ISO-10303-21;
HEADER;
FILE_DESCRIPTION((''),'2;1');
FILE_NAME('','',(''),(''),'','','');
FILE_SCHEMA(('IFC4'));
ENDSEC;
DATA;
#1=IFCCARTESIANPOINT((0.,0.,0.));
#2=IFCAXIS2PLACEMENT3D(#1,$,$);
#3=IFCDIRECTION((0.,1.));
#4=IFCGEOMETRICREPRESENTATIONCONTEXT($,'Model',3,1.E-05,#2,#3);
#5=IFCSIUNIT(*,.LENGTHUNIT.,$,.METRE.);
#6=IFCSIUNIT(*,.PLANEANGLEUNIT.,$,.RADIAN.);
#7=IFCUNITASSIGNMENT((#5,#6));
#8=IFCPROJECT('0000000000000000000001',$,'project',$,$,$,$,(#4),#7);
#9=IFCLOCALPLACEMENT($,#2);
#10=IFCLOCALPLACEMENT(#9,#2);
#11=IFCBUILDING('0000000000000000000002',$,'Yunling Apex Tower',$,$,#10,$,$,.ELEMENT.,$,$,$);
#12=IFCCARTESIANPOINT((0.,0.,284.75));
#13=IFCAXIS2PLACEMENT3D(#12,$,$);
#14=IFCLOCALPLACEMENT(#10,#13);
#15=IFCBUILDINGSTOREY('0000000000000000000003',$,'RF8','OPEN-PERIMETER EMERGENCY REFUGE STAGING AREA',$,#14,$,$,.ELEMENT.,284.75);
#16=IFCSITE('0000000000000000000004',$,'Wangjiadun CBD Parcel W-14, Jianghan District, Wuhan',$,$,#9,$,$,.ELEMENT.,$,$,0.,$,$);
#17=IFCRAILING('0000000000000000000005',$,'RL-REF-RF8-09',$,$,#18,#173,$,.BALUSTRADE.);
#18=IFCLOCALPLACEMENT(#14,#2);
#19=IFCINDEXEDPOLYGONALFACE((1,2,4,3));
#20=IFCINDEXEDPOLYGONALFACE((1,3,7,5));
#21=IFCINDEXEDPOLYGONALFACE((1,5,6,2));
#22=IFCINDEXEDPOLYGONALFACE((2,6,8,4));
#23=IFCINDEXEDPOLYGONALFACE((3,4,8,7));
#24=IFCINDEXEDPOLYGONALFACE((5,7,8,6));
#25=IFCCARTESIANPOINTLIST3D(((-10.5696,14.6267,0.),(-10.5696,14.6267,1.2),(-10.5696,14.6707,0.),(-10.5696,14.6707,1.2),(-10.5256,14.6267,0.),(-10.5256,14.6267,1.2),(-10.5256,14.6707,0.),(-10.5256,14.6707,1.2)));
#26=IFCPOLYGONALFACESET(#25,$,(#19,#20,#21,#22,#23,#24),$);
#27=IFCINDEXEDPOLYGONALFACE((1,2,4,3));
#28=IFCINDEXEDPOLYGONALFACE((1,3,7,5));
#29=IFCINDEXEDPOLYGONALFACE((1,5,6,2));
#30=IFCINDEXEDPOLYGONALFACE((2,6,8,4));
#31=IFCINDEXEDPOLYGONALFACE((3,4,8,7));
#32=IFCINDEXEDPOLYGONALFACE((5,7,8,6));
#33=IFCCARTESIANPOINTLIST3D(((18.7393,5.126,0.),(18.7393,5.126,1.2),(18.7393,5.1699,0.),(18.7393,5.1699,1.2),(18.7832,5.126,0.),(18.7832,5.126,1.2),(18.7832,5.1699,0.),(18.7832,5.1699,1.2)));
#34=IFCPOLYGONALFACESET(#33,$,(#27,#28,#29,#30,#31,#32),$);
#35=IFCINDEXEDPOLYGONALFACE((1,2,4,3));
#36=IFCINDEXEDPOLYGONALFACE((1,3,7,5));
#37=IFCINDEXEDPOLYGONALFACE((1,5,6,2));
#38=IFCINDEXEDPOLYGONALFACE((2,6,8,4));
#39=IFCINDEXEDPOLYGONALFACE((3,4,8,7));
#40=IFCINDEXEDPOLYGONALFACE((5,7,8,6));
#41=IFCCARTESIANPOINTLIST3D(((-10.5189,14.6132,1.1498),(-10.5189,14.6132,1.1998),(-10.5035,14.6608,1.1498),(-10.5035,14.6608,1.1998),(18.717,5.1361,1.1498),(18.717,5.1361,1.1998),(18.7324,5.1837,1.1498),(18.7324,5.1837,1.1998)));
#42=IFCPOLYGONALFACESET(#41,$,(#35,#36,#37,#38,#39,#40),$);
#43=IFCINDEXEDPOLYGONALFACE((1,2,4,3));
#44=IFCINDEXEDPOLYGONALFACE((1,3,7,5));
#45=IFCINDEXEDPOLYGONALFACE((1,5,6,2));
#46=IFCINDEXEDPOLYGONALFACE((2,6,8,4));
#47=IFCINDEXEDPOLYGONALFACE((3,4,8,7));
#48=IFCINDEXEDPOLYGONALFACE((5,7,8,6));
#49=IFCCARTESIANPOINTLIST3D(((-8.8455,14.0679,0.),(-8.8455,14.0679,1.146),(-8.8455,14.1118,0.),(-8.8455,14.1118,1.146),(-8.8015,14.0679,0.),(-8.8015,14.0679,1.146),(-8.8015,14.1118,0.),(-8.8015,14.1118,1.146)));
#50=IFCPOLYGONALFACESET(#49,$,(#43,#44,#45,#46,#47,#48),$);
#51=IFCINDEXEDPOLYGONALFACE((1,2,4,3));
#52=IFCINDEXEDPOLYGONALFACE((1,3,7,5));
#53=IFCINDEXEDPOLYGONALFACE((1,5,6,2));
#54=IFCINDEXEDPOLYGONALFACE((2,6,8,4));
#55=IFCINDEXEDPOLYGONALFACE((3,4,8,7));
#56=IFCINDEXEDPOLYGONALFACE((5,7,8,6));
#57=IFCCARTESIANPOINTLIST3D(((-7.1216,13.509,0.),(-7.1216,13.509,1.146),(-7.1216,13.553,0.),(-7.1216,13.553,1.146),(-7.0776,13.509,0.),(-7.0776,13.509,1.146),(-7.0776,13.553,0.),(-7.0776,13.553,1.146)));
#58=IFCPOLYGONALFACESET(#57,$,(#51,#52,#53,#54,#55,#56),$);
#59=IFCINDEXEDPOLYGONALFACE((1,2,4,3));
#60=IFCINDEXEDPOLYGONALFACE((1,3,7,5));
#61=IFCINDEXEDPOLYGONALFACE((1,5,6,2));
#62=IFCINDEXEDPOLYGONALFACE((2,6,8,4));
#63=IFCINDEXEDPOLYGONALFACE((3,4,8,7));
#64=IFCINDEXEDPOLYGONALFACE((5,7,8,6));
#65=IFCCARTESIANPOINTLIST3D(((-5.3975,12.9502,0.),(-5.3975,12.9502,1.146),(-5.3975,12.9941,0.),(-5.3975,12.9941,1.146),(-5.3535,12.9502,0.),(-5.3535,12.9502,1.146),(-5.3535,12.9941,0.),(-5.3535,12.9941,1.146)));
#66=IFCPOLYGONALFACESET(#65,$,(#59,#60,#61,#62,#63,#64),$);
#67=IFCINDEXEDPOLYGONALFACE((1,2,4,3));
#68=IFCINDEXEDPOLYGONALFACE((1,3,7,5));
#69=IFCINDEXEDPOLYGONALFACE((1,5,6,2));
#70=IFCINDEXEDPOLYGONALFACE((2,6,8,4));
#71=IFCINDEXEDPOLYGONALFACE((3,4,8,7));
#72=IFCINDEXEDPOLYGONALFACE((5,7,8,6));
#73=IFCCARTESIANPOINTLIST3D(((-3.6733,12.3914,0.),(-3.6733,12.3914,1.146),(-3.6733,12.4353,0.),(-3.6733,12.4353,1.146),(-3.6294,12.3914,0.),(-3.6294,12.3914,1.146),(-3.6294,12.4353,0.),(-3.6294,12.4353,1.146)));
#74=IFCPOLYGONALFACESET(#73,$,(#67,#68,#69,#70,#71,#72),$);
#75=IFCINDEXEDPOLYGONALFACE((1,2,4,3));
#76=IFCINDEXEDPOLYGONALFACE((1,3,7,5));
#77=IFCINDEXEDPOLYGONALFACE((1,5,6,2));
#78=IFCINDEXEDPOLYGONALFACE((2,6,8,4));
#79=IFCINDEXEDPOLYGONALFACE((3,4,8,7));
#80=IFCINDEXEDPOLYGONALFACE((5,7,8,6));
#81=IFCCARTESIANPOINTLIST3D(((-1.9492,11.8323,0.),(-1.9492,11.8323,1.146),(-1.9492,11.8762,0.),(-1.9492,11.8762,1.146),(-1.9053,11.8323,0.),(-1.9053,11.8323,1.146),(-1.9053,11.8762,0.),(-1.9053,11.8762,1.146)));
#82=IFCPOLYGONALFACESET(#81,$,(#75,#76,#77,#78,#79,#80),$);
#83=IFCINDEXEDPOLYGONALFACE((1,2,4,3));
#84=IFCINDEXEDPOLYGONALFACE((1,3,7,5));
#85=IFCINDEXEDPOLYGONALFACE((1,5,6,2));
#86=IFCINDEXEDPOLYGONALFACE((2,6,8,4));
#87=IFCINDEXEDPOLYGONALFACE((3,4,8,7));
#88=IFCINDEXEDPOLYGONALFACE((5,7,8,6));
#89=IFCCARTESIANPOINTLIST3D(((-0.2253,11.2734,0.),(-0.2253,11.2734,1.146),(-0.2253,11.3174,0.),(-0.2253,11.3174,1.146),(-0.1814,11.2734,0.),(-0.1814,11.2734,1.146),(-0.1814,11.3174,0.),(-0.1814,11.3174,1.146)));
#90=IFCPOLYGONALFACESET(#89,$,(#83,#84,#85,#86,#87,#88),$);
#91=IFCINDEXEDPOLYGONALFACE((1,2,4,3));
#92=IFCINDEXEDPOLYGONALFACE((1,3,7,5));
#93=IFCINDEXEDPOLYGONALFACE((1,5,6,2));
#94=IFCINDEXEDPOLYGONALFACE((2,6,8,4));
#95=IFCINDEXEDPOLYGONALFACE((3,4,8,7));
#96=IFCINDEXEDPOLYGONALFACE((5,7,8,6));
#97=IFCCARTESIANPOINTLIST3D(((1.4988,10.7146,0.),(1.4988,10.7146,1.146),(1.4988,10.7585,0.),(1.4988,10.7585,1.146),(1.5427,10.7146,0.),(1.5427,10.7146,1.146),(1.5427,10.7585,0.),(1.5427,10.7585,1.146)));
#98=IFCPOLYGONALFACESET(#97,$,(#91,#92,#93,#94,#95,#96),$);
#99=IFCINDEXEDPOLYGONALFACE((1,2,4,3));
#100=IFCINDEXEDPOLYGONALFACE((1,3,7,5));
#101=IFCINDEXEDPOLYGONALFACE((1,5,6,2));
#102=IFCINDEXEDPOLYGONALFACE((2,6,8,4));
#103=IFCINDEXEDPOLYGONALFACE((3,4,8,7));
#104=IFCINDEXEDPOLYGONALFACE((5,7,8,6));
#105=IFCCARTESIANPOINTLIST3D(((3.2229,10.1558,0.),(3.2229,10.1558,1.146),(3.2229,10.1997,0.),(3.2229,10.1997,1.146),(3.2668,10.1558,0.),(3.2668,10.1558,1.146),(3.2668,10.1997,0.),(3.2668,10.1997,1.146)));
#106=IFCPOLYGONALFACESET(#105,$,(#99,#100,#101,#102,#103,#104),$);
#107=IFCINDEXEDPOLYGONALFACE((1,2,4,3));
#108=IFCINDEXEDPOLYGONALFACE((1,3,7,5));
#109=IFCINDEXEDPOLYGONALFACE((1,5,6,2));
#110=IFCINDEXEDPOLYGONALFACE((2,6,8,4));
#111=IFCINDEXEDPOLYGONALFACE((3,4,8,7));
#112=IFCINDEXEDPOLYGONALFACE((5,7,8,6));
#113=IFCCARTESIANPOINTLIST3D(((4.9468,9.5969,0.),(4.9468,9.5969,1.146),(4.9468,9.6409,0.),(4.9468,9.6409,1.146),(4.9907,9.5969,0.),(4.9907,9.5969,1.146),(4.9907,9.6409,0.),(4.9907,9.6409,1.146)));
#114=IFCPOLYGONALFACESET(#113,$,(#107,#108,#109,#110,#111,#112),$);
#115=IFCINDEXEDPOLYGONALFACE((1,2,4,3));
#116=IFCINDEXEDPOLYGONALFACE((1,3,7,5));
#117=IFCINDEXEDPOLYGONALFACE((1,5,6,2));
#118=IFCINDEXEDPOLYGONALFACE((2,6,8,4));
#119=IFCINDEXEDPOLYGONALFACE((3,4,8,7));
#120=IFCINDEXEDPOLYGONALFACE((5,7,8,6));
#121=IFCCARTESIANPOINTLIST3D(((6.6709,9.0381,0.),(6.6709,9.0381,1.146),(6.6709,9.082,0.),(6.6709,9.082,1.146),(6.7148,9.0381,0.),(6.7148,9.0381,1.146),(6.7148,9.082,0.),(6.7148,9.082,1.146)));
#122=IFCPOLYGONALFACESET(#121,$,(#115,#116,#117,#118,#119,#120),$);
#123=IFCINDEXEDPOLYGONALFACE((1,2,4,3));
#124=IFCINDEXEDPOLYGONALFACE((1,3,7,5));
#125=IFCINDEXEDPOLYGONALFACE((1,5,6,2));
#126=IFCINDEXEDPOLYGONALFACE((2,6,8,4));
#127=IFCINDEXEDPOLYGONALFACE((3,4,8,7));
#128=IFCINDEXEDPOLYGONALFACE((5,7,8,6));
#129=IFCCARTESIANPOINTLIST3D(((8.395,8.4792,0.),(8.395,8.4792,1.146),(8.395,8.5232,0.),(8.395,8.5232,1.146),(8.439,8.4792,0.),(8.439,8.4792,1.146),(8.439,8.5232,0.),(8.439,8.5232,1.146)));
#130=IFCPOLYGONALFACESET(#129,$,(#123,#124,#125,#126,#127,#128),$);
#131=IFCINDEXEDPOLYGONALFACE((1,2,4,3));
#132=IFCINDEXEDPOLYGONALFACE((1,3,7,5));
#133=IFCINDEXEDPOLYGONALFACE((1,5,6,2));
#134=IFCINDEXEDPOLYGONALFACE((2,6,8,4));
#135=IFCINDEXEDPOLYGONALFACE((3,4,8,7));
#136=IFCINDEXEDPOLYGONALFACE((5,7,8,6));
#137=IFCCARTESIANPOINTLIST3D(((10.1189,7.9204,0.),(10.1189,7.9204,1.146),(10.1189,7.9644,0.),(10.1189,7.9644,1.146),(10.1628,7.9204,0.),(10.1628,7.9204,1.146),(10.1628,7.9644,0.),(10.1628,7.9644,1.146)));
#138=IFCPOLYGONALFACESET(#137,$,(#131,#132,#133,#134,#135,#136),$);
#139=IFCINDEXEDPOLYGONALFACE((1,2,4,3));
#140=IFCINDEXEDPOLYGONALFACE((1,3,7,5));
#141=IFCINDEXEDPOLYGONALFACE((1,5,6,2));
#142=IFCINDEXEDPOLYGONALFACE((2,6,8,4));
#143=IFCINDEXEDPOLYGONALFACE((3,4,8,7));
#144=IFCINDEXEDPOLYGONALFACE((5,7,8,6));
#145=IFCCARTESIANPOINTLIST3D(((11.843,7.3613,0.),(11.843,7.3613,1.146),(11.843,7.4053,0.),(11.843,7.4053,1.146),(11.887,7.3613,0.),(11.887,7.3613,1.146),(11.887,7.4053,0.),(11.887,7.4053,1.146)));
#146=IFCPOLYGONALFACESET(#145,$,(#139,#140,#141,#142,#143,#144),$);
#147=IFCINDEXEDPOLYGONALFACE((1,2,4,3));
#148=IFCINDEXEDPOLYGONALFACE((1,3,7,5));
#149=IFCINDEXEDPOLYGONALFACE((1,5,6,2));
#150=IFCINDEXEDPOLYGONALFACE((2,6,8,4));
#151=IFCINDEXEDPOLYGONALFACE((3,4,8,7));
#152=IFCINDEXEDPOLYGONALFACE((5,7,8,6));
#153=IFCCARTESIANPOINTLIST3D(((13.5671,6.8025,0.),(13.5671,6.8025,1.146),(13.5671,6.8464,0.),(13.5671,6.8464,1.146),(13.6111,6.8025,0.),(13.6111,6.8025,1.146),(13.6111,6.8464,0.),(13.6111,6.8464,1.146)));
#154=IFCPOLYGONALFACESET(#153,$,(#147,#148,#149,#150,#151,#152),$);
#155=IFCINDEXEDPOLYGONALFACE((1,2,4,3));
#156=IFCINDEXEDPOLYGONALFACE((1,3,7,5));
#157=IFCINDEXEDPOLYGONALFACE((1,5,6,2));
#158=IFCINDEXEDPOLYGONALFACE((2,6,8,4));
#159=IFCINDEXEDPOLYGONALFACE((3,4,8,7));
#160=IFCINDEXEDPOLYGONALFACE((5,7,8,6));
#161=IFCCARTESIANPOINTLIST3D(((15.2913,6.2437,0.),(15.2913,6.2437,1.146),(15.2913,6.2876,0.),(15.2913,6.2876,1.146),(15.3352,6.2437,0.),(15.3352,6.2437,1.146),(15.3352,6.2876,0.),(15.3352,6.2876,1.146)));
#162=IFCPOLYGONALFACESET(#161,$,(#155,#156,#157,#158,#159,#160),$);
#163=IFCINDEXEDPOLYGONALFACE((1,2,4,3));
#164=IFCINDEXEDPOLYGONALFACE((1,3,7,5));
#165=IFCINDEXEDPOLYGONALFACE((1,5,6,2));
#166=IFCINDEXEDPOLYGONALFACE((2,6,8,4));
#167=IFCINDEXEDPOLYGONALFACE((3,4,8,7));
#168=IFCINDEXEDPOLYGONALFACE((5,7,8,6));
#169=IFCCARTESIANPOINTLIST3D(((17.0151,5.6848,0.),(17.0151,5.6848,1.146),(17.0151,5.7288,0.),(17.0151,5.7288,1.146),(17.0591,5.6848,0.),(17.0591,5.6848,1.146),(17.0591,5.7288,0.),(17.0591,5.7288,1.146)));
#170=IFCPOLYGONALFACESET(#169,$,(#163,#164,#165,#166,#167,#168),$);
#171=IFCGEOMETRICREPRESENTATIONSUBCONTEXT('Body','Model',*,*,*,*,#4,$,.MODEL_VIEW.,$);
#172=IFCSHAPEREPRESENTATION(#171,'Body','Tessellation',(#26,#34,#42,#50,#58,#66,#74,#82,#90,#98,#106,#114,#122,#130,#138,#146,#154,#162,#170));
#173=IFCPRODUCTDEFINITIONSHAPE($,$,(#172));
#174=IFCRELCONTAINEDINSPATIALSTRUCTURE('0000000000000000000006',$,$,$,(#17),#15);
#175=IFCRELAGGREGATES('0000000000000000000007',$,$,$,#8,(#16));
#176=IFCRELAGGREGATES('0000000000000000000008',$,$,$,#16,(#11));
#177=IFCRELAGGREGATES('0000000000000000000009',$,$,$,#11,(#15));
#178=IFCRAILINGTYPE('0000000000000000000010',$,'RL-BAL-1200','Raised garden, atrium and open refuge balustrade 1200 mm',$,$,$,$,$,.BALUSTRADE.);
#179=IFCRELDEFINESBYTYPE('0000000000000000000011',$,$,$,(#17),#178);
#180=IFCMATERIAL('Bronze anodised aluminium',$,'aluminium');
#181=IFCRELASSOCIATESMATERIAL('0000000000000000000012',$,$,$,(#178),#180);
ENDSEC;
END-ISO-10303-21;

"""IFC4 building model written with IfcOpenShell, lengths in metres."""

from ifc_helpers import new_model, si_unit, direction, frame, origin, origin_2d, place, context, subcontext, project, spatial, rectangle, extrude, material, type_object, element, save


model = new_model("IFC4")

# Units and contexts
model_context = context("Model", 3, precision=1e-05, world=origin(), true_north=direction((0.0, 1.0)))
body_context = subcontext(model_context, "Body", "Model", "MODEL_VIEW")
ifc_project = project(units=[si_unit("LENGTHUNIT", "METRE"), si_unit("PLANEANGLEUNIT", "RADIAN")], contexts=[model_context])

# Site, building, storey
site_placement = place(None, origin())
site = spatial("IfcSite", under=ifc_project, at=site_placement, Name="Wangjiadun CBD Parcel W-14, Jianghan District, Wuhan", CompositionType="ELEMENT", RefElevation=0.0)
building_placement = place(site_placement, origin())
building = spatial("IfcBuilding", under=site, at=building_placement, Name="Yunling Apex Tower", CompositionType="ELEMENT")
storey_placement = place(building_placement, frame((0.0, 0.0, 284.75)))
storey = spatial("IfcBuildingStorey", under=building, at=storey_placement, Name="RF8", Description="OPEN-PERIMETER EMERGENCY REFUGE STAGING AREA", CompositionType="ELEMENT", Elevation=284.75)

# Railing
ifc_material_1 = material(Name="Bronze anodised aluminium", Category="aluminium")
railing_type = type_object("IfcRailingType", Name="RL-BAL-1200", Description="Raised garden, atrium and open refuge balustrade 1200 mm", PredefinedType="BALUSTRADE", material=ifc_material_1)
railing_1_placement = place(storey_placement, frame((-10.5476, 14.6487, 0.0)))
element("IfcRailing", 1, at=railing_1_placement, inside=storey, type_object=railing_type, Name="RL-REF-RF8-09", PredefinedType="BALUSTRADE", context=body_context, shape_type="SweptSolid", body=[
    extrude(rectangle(XDim=0.0439, YDim=0.0439, at=origin_2d()), origin(), (0.0, 0.0, 1.0), 1.2),
    extrude(rectangle(XDim=0.0439, YDim=0.0439, at=origin_2d()), frame((29.3088, -9.5007, 0.0)), (0.0, 0.0, 1.0), 1.2),
    extrude(rectangle(XDim=0.05, YDim=0.05, at=origin_2d()), frame((0.0364, -0.0117, 1.1748), z_axis=(0.951269, -0.308363, 0.0), x_axis=(0.308363, 0.951269, 0.0)), (0.0, 0.0, 1.0), 30.7336),
    extrude(rectangle(XDim=0.0439, YDim=0.0439, at=origin_2d()), frame((1.7241, -0.5588, 0.0)), (0.0, 0.0, 1.0), 1.146),
    extrude(rectangle(XDim=0.0439, YDim=0.0439, at=origin_2d()), frame((3.448, -1.1177, 0.0)), (0.0, 0.0, 1.0), 1.146),
    extrude(rectangle(XDim=0.0439, YDim=0.0439, at=origin_2d()), frame((5.1721, -1.6765, 0.0)), (0.0, 0.0, 1.0), 1.146),
    extrude(rectangle(XDim=0.0439, YDim=0.0439, at=origin_2d()), frame((6.8962, -2.2354, 0.0)), (0.0, 0.0, 1.0), 1.146),
    extrude(rectangle(XDim=0.0439, YDim=0.0439, at=origin_2d()), frame((8.6204, -2.7944, 0.0)), (0.0, 0.0, 1.0), 1.146),
    extrude(rectangle(XDim=0.0439, YDim=0.0439, at=origin_2d()), frame((10.3442, -3.3533, 0.0)), (0.0, 0.0, 1.0), 1.146),
    extrude(rectangle(XDim=0.0439, YDim=0.0439, at=origin_2d()), frame((12.0684, -3.9121, 0.0)), (0.0, 0.0, 1.0), 1.146),
    extrude(rectangle(XDim=0.0439, YDim=0.0439, at=origin_2d()), frame((13.7925, -4.4709, 0.0)), (0.0, 0.0, 1.0), 1.146),
    extrude(rectangle(XDim=0.0439, YDim=0.0439, at=origin_2d()), frame((15.5164, -5.0298, 0.0)), (0.0, 0.0, 1.0), 1.146),
    extrude(rectangle(XDim=0.0439, YDim=0.0439, at=origin_2d()), frame((17.2405, -5.5886, 0.0)), (0.0, 0.0, 1.0), 1.146),
    extrude(rectangle(XDim=0.0439, YDim=0.0439, at=origin_2d()), frame((18.9646, -6.1475, 0.0)), (0.0, 0.0, 1.0), 1.146),
    extrude(rectangle(XDim=0.0439, YDim=0.0439, at=origin_2d()), frame((20.6885, -6.7063, 0.0)), (0.0, 0.0, 1.0), 1.146),
    extrude(rectangle(XDim=0.0439, YDim=0.0439, at=origin_2d()), frame((22.4126, -7.2654, 0.0)), (0.0, 0.0, 1.0), 1.146),
    extrude(rectangle(XDim=0.0439, YDim=0.0439, at=origin_2d()), frame((24.1367, -7.8242, 0.0)), (0.0, 0.0, 1.0), 1.146),
    extrude(rectangle(XDim=0.0439, YDim=0.0439, at=origin_2d()), frame((25.8608, -8.3831, 0.0)), (0.0, 0.0, 1.0), 1.146),
    extrude(rectangle(XDim=0.0439, YDim=0.0439, at=origin_2d()), frame((27.5847, -8.9419, 0.0)), (0.0, 0.0, 1.0), 1.146),
])

save(model, "model.ifc")
